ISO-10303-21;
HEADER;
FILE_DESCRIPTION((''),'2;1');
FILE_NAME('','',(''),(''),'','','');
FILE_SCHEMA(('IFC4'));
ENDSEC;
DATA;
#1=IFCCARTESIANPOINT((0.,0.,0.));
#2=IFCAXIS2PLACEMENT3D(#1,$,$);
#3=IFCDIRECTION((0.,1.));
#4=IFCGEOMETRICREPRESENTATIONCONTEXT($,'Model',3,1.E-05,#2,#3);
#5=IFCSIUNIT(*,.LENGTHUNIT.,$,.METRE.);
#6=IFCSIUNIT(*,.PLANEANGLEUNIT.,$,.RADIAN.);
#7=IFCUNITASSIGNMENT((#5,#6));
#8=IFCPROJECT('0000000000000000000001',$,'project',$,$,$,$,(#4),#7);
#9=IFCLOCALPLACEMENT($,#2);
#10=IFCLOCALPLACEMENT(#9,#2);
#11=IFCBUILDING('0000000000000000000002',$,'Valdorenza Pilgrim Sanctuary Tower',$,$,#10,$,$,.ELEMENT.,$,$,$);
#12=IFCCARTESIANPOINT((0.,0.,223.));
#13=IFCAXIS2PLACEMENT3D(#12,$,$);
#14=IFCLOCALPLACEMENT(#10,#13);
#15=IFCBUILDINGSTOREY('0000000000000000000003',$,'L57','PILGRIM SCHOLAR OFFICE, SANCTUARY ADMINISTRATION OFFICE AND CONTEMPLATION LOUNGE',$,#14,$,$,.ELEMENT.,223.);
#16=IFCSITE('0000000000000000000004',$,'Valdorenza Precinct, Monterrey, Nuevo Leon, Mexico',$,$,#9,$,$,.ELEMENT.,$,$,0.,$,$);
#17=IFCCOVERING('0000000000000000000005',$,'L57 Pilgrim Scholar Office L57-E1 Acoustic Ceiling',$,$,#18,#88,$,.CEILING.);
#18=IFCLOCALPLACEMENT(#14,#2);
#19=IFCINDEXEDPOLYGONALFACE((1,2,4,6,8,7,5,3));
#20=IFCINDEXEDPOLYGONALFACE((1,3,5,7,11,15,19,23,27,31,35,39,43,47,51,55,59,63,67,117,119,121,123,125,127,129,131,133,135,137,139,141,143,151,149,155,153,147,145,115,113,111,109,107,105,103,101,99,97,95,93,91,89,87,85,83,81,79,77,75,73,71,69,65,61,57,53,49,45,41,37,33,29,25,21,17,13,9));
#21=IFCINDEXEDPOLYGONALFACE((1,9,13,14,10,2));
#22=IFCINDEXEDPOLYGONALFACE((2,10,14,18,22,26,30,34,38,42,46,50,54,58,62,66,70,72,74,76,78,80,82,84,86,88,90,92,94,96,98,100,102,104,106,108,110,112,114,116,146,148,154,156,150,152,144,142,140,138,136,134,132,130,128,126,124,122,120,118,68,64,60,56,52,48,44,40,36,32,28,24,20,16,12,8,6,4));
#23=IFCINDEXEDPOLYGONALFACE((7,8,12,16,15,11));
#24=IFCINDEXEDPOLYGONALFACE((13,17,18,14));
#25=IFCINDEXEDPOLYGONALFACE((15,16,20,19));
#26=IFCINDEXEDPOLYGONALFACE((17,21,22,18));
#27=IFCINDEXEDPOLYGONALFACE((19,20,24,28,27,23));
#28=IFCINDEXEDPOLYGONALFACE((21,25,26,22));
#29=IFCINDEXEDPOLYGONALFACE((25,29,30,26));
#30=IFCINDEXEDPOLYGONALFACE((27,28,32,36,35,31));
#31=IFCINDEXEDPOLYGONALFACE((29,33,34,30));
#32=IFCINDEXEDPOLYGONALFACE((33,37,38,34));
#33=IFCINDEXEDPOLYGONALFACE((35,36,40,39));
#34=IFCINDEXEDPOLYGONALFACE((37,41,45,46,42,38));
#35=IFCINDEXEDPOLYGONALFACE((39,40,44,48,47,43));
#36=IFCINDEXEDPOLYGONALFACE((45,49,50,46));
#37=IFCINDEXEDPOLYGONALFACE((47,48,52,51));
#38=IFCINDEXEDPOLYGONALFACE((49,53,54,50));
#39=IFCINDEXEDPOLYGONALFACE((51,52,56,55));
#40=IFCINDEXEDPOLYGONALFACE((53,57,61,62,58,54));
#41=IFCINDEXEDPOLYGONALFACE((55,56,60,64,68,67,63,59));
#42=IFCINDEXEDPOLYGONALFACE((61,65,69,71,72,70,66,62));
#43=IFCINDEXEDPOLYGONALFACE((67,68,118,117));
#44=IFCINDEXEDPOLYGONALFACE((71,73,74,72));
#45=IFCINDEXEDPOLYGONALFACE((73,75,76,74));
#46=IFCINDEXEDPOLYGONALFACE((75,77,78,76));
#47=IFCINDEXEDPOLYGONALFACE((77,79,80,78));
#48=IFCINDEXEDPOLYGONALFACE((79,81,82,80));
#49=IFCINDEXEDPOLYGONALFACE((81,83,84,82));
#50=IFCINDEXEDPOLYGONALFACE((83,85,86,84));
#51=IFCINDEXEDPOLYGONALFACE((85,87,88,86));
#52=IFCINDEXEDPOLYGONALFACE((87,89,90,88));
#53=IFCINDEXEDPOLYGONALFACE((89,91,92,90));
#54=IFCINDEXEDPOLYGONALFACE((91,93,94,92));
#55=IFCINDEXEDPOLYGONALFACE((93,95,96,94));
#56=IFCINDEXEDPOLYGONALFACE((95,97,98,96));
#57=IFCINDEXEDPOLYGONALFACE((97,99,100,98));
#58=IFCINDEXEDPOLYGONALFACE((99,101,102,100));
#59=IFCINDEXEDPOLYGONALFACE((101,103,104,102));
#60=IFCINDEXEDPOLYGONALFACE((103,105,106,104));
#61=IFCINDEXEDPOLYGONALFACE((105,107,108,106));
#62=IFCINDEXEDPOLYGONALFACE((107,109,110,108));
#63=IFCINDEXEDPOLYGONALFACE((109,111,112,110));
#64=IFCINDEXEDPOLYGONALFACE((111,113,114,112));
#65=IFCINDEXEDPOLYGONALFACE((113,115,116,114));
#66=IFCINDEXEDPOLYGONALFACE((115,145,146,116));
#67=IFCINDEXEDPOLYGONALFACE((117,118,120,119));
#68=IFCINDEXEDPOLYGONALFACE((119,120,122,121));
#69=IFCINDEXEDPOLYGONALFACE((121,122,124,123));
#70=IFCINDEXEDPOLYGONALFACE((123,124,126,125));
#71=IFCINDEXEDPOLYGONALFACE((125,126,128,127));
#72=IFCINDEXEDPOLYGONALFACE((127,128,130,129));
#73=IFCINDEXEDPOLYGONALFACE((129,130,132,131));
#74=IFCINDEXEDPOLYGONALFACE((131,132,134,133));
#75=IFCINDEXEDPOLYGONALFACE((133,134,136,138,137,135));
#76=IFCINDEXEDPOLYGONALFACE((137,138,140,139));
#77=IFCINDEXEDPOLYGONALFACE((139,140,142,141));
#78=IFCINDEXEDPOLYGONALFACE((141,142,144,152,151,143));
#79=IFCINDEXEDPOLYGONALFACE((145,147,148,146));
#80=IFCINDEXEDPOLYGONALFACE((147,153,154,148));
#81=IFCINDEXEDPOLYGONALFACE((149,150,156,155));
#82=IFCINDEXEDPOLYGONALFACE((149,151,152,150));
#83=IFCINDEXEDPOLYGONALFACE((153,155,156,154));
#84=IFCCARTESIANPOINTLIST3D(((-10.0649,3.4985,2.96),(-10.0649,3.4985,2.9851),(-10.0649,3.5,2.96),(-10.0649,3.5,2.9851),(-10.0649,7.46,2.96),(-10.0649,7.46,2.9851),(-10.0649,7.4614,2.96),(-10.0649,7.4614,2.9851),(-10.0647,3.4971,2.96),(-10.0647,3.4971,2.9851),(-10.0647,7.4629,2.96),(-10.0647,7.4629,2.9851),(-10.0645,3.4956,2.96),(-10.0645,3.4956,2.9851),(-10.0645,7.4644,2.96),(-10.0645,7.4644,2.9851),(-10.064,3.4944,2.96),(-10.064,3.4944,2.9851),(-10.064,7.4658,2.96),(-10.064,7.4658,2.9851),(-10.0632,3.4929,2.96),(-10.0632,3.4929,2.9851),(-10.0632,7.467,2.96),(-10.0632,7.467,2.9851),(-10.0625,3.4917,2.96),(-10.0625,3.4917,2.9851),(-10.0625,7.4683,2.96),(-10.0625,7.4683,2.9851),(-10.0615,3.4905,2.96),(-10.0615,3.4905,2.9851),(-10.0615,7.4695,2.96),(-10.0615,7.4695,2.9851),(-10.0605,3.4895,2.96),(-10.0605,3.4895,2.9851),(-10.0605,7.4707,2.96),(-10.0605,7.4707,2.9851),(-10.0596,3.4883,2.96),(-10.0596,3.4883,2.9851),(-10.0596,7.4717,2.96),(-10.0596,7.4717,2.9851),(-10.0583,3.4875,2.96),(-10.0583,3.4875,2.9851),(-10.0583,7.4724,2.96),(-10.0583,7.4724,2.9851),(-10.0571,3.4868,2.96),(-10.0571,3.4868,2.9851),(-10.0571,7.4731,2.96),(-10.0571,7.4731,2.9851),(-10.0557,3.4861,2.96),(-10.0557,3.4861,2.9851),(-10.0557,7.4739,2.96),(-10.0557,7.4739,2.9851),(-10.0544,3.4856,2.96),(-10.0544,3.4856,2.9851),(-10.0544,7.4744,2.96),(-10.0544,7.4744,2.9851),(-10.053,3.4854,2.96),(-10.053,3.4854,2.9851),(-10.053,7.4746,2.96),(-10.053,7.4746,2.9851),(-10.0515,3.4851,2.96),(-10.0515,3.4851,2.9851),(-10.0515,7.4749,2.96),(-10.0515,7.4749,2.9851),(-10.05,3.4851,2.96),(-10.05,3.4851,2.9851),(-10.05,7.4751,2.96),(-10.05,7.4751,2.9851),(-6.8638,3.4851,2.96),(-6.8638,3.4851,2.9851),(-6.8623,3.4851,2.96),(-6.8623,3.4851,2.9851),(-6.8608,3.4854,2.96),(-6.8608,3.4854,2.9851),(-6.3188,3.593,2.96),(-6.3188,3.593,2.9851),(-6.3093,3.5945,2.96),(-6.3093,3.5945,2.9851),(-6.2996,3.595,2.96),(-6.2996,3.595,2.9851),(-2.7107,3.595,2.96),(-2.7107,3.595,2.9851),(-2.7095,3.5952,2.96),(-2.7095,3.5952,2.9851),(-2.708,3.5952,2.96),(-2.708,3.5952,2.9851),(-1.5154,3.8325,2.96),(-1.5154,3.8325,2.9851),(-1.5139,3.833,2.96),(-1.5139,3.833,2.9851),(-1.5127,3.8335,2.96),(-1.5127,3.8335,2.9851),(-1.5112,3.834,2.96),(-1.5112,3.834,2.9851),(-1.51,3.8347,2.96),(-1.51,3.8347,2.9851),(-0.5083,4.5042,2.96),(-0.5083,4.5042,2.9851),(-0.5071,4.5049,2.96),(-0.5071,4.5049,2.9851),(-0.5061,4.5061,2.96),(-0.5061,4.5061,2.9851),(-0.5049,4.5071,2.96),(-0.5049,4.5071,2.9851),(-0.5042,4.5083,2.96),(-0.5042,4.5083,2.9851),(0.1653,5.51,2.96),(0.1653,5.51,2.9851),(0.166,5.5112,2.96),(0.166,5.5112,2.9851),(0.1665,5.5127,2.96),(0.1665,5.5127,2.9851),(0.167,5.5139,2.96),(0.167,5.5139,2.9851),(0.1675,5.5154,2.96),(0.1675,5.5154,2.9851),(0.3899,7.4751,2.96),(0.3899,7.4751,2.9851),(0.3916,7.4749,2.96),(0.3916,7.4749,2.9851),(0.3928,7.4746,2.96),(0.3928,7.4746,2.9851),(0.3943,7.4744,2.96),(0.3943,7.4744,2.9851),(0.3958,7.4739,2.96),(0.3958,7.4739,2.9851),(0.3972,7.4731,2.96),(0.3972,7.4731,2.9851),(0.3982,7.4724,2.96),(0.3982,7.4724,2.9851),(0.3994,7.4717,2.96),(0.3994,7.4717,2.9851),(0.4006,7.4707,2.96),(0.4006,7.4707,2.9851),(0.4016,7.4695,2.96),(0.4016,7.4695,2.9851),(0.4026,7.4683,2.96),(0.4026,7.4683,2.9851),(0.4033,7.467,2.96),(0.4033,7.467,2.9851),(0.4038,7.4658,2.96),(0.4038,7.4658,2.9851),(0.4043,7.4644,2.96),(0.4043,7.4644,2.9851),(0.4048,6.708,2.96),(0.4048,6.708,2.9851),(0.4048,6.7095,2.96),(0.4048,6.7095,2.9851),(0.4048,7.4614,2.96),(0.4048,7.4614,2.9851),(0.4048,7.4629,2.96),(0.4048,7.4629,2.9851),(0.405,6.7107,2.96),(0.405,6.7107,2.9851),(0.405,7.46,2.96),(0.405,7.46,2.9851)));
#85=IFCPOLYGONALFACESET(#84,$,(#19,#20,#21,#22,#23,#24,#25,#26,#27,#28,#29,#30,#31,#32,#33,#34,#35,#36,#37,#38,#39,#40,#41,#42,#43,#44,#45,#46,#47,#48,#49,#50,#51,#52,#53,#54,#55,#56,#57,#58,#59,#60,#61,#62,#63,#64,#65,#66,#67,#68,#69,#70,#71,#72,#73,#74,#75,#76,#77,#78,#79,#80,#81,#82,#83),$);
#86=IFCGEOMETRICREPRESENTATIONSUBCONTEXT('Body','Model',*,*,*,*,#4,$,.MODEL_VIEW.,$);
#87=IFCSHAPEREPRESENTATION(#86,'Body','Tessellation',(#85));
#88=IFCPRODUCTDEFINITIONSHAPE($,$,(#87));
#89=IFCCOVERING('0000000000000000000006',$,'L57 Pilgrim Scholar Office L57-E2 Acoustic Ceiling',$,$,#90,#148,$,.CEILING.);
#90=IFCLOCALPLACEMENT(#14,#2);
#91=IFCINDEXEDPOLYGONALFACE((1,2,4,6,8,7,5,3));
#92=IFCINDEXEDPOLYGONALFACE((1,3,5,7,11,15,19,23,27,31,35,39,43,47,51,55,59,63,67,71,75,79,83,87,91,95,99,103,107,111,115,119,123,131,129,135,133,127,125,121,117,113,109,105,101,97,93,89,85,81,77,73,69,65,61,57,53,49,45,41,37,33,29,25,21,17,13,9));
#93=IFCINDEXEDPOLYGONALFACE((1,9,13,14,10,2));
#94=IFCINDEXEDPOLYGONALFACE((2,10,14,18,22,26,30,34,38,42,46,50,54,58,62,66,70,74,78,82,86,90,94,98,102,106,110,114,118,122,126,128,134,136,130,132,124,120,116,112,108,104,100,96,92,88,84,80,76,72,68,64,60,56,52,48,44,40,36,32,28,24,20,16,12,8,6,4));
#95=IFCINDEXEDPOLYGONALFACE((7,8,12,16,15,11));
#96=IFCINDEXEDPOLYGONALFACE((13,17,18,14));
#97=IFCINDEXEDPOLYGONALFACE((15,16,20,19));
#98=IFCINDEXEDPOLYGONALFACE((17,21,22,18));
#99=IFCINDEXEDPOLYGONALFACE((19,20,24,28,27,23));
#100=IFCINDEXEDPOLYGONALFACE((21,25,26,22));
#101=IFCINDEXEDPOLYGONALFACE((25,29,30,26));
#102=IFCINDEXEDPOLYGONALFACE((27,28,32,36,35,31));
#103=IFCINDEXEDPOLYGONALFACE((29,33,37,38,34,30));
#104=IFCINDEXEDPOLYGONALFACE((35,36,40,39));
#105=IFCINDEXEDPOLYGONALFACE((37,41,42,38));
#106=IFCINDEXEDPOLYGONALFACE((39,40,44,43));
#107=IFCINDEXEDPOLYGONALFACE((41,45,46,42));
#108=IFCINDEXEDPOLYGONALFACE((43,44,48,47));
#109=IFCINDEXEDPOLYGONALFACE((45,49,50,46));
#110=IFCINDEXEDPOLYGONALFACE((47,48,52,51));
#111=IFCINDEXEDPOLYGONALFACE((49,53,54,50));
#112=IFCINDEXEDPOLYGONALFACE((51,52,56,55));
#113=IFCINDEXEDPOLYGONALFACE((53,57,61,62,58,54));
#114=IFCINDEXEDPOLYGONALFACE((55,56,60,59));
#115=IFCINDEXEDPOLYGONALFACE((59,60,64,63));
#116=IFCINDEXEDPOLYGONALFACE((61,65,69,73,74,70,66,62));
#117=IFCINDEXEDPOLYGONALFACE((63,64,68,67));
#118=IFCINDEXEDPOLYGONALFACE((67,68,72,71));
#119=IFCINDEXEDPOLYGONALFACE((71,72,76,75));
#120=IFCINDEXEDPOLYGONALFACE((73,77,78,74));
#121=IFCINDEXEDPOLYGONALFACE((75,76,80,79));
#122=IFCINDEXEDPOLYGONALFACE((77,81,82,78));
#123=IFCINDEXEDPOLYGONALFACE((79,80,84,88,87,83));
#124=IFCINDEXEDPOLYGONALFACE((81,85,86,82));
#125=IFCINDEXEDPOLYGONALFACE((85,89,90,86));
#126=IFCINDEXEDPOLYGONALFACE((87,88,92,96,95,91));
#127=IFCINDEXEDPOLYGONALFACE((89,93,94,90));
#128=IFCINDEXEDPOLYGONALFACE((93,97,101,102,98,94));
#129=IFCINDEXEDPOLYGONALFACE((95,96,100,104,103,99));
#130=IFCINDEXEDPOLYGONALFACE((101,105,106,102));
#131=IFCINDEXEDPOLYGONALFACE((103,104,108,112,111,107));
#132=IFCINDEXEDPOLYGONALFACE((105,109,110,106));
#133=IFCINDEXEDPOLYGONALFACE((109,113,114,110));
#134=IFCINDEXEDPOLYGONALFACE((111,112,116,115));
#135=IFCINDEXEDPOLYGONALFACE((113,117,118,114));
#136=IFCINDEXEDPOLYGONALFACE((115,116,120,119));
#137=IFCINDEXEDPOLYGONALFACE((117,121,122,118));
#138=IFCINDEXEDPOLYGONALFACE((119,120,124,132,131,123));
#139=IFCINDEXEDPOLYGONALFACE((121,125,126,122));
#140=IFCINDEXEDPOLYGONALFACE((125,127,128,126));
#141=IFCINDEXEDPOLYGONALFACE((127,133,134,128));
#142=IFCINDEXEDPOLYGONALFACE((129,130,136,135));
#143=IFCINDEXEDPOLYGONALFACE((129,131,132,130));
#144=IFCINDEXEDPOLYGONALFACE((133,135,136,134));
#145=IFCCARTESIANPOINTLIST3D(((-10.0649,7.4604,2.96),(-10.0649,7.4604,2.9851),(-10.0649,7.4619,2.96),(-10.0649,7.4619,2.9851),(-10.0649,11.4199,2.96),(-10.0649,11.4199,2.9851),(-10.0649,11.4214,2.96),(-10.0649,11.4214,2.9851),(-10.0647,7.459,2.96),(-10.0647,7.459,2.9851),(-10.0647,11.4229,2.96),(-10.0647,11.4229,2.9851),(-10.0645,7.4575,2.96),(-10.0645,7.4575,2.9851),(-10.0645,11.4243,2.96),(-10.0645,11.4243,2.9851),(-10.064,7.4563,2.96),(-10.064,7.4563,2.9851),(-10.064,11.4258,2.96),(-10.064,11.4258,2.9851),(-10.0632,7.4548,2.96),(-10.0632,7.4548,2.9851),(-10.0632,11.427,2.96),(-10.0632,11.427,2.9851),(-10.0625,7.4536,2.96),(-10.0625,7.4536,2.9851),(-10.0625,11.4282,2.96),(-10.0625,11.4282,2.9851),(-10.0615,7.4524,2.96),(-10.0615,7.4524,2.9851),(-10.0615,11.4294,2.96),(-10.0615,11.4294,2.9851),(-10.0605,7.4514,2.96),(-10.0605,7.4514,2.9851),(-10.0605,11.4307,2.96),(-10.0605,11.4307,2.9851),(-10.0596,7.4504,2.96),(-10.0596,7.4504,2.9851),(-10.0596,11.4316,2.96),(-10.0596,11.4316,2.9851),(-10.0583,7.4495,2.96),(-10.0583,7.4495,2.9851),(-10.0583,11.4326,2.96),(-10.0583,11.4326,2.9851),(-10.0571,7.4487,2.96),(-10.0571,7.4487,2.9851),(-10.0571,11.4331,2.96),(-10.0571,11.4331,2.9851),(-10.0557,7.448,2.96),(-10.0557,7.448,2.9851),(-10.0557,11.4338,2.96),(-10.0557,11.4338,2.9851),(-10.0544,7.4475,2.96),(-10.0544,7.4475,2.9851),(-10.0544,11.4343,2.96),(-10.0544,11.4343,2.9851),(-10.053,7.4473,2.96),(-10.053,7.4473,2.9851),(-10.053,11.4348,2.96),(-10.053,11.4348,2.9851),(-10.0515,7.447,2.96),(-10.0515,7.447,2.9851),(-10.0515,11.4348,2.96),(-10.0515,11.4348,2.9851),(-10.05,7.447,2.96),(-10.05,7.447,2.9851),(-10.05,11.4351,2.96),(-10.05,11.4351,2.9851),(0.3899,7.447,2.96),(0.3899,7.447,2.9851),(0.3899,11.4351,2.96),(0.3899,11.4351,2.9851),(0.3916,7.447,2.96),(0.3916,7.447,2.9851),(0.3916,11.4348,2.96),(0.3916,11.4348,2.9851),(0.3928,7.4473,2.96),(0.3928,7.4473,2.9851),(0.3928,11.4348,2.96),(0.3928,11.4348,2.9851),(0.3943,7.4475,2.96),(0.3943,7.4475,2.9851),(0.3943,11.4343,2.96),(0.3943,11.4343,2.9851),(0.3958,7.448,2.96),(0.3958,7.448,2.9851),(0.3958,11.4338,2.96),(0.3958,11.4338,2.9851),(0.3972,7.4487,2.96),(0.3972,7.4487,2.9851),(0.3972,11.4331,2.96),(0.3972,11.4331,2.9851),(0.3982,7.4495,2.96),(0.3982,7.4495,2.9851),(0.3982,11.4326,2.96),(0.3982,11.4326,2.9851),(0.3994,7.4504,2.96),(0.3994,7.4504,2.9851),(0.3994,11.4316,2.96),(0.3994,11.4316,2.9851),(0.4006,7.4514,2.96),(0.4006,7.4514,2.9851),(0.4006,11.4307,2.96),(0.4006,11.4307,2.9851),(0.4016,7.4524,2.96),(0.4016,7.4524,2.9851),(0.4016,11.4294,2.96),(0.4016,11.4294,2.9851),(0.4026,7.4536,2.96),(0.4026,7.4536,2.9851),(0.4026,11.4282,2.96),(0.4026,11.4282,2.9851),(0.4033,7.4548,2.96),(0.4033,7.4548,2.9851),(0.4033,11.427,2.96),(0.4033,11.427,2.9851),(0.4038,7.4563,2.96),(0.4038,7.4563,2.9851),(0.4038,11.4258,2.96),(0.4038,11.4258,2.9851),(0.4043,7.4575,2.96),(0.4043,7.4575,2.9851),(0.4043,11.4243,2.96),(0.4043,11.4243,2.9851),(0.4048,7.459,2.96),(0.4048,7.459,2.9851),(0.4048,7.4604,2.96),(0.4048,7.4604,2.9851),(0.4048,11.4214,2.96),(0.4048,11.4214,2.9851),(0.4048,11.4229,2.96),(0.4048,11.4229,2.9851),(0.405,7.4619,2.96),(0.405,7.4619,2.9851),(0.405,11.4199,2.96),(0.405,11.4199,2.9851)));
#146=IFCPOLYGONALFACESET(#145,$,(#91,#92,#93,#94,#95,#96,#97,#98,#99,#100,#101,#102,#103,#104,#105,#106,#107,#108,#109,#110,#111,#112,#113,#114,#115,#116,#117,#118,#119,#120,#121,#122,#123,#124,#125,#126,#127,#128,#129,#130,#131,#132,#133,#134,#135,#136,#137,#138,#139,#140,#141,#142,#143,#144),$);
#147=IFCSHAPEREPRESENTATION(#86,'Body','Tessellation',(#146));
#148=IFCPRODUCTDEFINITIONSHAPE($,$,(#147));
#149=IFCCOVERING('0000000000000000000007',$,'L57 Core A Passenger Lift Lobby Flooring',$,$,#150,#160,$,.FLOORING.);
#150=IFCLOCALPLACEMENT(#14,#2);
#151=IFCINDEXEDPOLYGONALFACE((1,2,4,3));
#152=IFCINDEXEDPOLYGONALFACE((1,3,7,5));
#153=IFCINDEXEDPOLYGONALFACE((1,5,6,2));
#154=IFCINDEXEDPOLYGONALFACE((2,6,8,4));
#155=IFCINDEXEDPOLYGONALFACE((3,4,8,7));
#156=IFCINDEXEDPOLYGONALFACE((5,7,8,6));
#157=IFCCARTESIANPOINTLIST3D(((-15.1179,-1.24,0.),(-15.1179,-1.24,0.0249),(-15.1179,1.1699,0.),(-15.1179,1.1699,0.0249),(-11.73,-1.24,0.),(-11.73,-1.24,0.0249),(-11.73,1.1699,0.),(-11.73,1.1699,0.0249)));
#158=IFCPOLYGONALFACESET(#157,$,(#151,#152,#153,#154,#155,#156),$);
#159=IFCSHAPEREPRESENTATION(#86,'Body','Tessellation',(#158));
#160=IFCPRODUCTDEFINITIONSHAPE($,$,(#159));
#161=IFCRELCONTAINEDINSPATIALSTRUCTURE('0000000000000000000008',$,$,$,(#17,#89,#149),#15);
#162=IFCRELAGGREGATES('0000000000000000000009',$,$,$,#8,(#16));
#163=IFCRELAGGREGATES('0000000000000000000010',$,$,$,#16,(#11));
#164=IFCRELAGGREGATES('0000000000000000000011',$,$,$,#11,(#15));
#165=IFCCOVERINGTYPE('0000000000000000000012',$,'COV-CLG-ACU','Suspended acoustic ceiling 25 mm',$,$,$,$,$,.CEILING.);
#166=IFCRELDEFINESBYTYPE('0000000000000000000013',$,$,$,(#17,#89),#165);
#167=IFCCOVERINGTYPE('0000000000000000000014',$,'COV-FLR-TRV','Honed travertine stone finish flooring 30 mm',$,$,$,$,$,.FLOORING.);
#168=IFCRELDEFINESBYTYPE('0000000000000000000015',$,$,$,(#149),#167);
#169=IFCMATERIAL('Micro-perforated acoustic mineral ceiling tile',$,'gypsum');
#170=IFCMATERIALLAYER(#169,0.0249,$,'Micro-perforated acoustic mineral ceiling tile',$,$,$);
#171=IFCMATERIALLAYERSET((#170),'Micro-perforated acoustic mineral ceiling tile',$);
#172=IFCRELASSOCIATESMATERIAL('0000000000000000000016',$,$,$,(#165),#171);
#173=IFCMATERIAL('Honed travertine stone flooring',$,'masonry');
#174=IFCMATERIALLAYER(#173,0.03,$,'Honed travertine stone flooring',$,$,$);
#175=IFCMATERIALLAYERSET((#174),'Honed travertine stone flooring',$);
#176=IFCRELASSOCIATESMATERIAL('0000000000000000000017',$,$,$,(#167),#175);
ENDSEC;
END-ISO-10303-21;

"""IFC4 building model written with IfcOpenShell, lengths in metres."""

from ifc_helpers import new_model, si_unit, direction, frame, origin, place, context, subcontext, project, spatial, polyline, outline, extrude, material, layer, layer_set, type_object, element, save


model = new_model("IFC4")

# Units and contexts
model_context = context("Model", 3, precision=1e-05, world=origin(), true_north=direction((0.0, 1.0)))
body_context = subcontext(model_context, "Body", "Model", "MODEL_VIEW")
ifc_project = project(units=[si_unit("LENGTHUNIT", "METRE"), si_unit("PLANEANGLEUNIT", "RADIAN")], contexts=[model_context])

# Site, building, storey
site_placement = place(None, origin())
site = spatial("IfcSite", under=ifc_project, at=site_placement, Name="Valdorenza Precinct, Monterrey, Nuevo Leon, Mexico", CompositionType="ELEMENT", RefElevation=0.0)
building_placement = place(site_placement, origin())
building = spatial("IfcBuilding", under=site, at=building_placement, Name="Valdorenza Pilgrim Sanctuary Tower", CompositionType="ELEMENT")
storey_placement = place(building_placement, frame((0.0, 0.0, 223.0)))
storey = spatial("IfcBuildingStorey", under=building, at=storey_placement, Name="L57", Description="PILGRIM SCHOLAR OFFICE, SANCTUARY ADMINISTRATION OFFICE AND CONTEMPLATION LOUNGE", CompositionType="ELEMENT", Elevation=223.0)

# Coverings
ifc_material_1 = material(Name="Micro-perforated acoustic mineral ceiling tile", Category="gypsum")
ifc_layer_1 = layer(ifc_material_1, 0.0249, Name="Micro-perforated acoustic mineral ceiling tile")
ifc_layer_set_1 = layer_set([ifc_layer_1], Name="Micro-perforated acoustic mineral ceiling tile")
covering_type_1 = type_object("IfcCoveringType", Name="COV-CLG-ACU", Description="Suspended acoustic ceiling 25 mm", PredefinedType="CEILING", material=ifc_layer_set_1)
covering_1_placement = place(storey_placement, frame((0.0, 0.0, 2.96)))
element("IfcCovering", 1, at=covering_1_placement, inside=storey, type_object=covering_type_1, Name="L57 Pilgrim Scholar Office L57-E1 Acoustic Ceiling", PredefinedType="CEILING", context=body_context, shape_type="SweptSolid", body=[
    extrude(outline(polyline([(-10.0649, 7.46), (-10.0649, 7.4614), (-10.0647, 7.4629), (-10.0645, 7.4644), (-10.064, 7.4658), (-10.0632, 7.467), (-10.0625, 7.4683), (-10.0615, 7.4695), (-10.0605, 7.4707), (-10.0596, 7.4717), (-10.0583, 7.4724), (-10.0571, 7.4731), (-10.0557, 7.4739), (-10.0544, 7.4744), (-10.053, 7.4746), (-10.0515, 7.4749), (-10.05, 7.4751), (0.3899, 7.4751), (0.3916, 7.4749), (0.3928, 7.4746), (0.3943, 7.4744), (0.3958, 7.4739), (0.3972, 7.4731), (0.3982, 7.4724), (0.3994, 7.4717), (0.4006, 7.4707), (0.4016, 7.4695), (0.4026, 7.4683), (0.4033, 7.467), (0.4038, 7.4658), (0.4043, 7.4644), (0.4048, 7.4629), (0.4048, 7.4614), (0.405, 7.46), (0.405, 6.7107), (0.4048, 6.7095), (0.4048, 6.708), (0.1675, 5.5154), (0.167, 5.5139), (0.1665, 5.5127), (0.166, 5.5112), (0.1653, 5.51), (-0.5042, 4.5083), (-0.5049, 4.5071), (-0.5061, 4.5061), (-0.5071, 4.5049), (-0.5083, 4.5042), (-1.51, 3.8347), (-1.5112, 3.834), (-1.5127, 3.8335), (-1.5139, 3.833), (-1.5154, 3.8325), (-2.708, 3.5952), (-2.7095, 3.5952), (-2.7107, 3.595), (-6.2996, 3.595), (-6.3093, 3.5945), (-6.3188, 3.593), (-6.8608, 3.4854), (-6.8623, 3.4851), (-6.8638, 3.4851), (-10.05, 3.4851), (-10.0515, 3.4851), (-10.053, 3.4854), (-10.0544, 3.4856), (-10.0557, 3.4861), (-10.0571, 3.4868), (-10.0583, 3.4875), (-10.0596, 3.4883), (-10.0605, 3.4895), (-10.0615, 3.4905), (-10.0625, 3.4917), (-10.0632, 3.4929), (-10.064, 3.4944), (-10.0645, 3.4956), (-10.0647, 3.4971), (-10.0649, 3.4985), (-10.0649, 3.5), (-10.0649, 7.46)])), origin(), (0.0, 0.0, 1.0), 0.0251),
])
covering_2_placement = place(storey_placement, frame((0.0, 0.0, 2.96)))
element("IfcCovering", 2, at=covering_2_placement, inside=storey, type_object=covering_type_1, Name="L57 Pilgrim Scholar Office L57-E2 Acoustic Ceiling", PredefinedType="CEILING", context=body_context, shape_type="SweptSolid", body=[
    extrude(outline(polyline([(-10.0649, 11.4199), (-10.0649, 11.4214), (-10.0647, 11.4229), (-10.0645, 11.4243), (-10.064, 11.4258), (-10.0632, 11.427), (-10.0625, 11.4282), (-10.0615, 11.4294), (-10.0605, 11.4307), (-10.0596, 11.4316), (-10.0583, 11.4326), (-10.0571, 11.4331), (-10.0557, 11.4338), (-10.0544, 11.4343), (-10.053, 11.4348), (-10.0515, 11.4348), (-10.05, 11.4351), (0.3899, 11.4351), (0.3916, 11.4348), (0.3928, 11.4348), (0.3943, 11.4343), (0.3958, 11.4338), (0.3972, 11.4331), (0.3982, 11.4326), (0.3994, 11.4316), (0.4006, 11.4307), (0.4016, 11.4294), (0.4026, 11.4282), (0.4033, 11.427), (0.4038, 11.4258), (0.4043, 11.4243), (0.4048, 11.4229), (0.4048, 11.4214), (0.405, 11.4199), (0.405, 7.4619), (0.4048, 7.4604), (0.4048, 7.459), (0.4043, 7.4575), (0.4038, 7.4563), (0.4033, 7.4548), (0.4026, 7.4536), (0.4016, 7.4524), (0.4006, 7.4514), (0.3994, 7.4504), (0.3982, 7.4495), (0.3972, 7.4487), (0.3958, 7.448), (0.3943, 7.4475), (0.3928, 7.4473), (0.3916, 7.447), (0.3899, 7.447), (-10.05, 7.447), (-10.0515, 7.447), (-10.053, 7.4473), (-10.0544, 7.4475), (-10.0557, 7.448), (-10.0571, 7.4487), (-10.0583, 7.4495), (-10.0596, 7.4504), (-10.0605, 7.4514), (-10.0615, 7.4524), (-10.0625, 7.4536), (-10.0632, 7.4548), (-10.064, 7.4563), (-10.0645, 7.4575), (-10.0647, 7.459), (-10.0649, 7.4604), (-10.0649, 7.4619), (-10.0649, 11.4199)])), origin(), (0.0, 0.0, 1.0), 0.0251),
])
ifc_material_2 = material(Name="Honed travertine stone flooring", Category="masonry")
ifc_layer_2 = layer(ifc_material_2, 0.03, Name="Honed travertine stone flooring")
ifc_layer_set_2 = layer_set([ifc_layer_2], Name="Honed travertine stone flooring")
covering_type_2 = type_object("IfcCoveringType", Name="COV-FLR-TRV", Description="Honed travertine stone finish flooring 30 mm", PredefinedType="FLOORING", material=ifc_layer_set_2)
covering_3_placement = place(storey_placement, origin())
element("IfcCovering", 3, at=covering_3_placement, inside=storey, type_object=covering_type_2, Name="L57 Core A Passenger Lift Lobby Flooring", PredefinedType="FLOORING", context=body_context, shape_type="SweptSolid", body=[
    extrude(outline(polyline([(-15.1179, 1.1699), (-11.73, 1.1699), (-11.73, -1.24), (-15.1179, -1.24), (-15.1179, 1.1699)])), origin(), (0.0, 0.0, 1.0), 0.0249),
])

save(model, "model.ifc")
